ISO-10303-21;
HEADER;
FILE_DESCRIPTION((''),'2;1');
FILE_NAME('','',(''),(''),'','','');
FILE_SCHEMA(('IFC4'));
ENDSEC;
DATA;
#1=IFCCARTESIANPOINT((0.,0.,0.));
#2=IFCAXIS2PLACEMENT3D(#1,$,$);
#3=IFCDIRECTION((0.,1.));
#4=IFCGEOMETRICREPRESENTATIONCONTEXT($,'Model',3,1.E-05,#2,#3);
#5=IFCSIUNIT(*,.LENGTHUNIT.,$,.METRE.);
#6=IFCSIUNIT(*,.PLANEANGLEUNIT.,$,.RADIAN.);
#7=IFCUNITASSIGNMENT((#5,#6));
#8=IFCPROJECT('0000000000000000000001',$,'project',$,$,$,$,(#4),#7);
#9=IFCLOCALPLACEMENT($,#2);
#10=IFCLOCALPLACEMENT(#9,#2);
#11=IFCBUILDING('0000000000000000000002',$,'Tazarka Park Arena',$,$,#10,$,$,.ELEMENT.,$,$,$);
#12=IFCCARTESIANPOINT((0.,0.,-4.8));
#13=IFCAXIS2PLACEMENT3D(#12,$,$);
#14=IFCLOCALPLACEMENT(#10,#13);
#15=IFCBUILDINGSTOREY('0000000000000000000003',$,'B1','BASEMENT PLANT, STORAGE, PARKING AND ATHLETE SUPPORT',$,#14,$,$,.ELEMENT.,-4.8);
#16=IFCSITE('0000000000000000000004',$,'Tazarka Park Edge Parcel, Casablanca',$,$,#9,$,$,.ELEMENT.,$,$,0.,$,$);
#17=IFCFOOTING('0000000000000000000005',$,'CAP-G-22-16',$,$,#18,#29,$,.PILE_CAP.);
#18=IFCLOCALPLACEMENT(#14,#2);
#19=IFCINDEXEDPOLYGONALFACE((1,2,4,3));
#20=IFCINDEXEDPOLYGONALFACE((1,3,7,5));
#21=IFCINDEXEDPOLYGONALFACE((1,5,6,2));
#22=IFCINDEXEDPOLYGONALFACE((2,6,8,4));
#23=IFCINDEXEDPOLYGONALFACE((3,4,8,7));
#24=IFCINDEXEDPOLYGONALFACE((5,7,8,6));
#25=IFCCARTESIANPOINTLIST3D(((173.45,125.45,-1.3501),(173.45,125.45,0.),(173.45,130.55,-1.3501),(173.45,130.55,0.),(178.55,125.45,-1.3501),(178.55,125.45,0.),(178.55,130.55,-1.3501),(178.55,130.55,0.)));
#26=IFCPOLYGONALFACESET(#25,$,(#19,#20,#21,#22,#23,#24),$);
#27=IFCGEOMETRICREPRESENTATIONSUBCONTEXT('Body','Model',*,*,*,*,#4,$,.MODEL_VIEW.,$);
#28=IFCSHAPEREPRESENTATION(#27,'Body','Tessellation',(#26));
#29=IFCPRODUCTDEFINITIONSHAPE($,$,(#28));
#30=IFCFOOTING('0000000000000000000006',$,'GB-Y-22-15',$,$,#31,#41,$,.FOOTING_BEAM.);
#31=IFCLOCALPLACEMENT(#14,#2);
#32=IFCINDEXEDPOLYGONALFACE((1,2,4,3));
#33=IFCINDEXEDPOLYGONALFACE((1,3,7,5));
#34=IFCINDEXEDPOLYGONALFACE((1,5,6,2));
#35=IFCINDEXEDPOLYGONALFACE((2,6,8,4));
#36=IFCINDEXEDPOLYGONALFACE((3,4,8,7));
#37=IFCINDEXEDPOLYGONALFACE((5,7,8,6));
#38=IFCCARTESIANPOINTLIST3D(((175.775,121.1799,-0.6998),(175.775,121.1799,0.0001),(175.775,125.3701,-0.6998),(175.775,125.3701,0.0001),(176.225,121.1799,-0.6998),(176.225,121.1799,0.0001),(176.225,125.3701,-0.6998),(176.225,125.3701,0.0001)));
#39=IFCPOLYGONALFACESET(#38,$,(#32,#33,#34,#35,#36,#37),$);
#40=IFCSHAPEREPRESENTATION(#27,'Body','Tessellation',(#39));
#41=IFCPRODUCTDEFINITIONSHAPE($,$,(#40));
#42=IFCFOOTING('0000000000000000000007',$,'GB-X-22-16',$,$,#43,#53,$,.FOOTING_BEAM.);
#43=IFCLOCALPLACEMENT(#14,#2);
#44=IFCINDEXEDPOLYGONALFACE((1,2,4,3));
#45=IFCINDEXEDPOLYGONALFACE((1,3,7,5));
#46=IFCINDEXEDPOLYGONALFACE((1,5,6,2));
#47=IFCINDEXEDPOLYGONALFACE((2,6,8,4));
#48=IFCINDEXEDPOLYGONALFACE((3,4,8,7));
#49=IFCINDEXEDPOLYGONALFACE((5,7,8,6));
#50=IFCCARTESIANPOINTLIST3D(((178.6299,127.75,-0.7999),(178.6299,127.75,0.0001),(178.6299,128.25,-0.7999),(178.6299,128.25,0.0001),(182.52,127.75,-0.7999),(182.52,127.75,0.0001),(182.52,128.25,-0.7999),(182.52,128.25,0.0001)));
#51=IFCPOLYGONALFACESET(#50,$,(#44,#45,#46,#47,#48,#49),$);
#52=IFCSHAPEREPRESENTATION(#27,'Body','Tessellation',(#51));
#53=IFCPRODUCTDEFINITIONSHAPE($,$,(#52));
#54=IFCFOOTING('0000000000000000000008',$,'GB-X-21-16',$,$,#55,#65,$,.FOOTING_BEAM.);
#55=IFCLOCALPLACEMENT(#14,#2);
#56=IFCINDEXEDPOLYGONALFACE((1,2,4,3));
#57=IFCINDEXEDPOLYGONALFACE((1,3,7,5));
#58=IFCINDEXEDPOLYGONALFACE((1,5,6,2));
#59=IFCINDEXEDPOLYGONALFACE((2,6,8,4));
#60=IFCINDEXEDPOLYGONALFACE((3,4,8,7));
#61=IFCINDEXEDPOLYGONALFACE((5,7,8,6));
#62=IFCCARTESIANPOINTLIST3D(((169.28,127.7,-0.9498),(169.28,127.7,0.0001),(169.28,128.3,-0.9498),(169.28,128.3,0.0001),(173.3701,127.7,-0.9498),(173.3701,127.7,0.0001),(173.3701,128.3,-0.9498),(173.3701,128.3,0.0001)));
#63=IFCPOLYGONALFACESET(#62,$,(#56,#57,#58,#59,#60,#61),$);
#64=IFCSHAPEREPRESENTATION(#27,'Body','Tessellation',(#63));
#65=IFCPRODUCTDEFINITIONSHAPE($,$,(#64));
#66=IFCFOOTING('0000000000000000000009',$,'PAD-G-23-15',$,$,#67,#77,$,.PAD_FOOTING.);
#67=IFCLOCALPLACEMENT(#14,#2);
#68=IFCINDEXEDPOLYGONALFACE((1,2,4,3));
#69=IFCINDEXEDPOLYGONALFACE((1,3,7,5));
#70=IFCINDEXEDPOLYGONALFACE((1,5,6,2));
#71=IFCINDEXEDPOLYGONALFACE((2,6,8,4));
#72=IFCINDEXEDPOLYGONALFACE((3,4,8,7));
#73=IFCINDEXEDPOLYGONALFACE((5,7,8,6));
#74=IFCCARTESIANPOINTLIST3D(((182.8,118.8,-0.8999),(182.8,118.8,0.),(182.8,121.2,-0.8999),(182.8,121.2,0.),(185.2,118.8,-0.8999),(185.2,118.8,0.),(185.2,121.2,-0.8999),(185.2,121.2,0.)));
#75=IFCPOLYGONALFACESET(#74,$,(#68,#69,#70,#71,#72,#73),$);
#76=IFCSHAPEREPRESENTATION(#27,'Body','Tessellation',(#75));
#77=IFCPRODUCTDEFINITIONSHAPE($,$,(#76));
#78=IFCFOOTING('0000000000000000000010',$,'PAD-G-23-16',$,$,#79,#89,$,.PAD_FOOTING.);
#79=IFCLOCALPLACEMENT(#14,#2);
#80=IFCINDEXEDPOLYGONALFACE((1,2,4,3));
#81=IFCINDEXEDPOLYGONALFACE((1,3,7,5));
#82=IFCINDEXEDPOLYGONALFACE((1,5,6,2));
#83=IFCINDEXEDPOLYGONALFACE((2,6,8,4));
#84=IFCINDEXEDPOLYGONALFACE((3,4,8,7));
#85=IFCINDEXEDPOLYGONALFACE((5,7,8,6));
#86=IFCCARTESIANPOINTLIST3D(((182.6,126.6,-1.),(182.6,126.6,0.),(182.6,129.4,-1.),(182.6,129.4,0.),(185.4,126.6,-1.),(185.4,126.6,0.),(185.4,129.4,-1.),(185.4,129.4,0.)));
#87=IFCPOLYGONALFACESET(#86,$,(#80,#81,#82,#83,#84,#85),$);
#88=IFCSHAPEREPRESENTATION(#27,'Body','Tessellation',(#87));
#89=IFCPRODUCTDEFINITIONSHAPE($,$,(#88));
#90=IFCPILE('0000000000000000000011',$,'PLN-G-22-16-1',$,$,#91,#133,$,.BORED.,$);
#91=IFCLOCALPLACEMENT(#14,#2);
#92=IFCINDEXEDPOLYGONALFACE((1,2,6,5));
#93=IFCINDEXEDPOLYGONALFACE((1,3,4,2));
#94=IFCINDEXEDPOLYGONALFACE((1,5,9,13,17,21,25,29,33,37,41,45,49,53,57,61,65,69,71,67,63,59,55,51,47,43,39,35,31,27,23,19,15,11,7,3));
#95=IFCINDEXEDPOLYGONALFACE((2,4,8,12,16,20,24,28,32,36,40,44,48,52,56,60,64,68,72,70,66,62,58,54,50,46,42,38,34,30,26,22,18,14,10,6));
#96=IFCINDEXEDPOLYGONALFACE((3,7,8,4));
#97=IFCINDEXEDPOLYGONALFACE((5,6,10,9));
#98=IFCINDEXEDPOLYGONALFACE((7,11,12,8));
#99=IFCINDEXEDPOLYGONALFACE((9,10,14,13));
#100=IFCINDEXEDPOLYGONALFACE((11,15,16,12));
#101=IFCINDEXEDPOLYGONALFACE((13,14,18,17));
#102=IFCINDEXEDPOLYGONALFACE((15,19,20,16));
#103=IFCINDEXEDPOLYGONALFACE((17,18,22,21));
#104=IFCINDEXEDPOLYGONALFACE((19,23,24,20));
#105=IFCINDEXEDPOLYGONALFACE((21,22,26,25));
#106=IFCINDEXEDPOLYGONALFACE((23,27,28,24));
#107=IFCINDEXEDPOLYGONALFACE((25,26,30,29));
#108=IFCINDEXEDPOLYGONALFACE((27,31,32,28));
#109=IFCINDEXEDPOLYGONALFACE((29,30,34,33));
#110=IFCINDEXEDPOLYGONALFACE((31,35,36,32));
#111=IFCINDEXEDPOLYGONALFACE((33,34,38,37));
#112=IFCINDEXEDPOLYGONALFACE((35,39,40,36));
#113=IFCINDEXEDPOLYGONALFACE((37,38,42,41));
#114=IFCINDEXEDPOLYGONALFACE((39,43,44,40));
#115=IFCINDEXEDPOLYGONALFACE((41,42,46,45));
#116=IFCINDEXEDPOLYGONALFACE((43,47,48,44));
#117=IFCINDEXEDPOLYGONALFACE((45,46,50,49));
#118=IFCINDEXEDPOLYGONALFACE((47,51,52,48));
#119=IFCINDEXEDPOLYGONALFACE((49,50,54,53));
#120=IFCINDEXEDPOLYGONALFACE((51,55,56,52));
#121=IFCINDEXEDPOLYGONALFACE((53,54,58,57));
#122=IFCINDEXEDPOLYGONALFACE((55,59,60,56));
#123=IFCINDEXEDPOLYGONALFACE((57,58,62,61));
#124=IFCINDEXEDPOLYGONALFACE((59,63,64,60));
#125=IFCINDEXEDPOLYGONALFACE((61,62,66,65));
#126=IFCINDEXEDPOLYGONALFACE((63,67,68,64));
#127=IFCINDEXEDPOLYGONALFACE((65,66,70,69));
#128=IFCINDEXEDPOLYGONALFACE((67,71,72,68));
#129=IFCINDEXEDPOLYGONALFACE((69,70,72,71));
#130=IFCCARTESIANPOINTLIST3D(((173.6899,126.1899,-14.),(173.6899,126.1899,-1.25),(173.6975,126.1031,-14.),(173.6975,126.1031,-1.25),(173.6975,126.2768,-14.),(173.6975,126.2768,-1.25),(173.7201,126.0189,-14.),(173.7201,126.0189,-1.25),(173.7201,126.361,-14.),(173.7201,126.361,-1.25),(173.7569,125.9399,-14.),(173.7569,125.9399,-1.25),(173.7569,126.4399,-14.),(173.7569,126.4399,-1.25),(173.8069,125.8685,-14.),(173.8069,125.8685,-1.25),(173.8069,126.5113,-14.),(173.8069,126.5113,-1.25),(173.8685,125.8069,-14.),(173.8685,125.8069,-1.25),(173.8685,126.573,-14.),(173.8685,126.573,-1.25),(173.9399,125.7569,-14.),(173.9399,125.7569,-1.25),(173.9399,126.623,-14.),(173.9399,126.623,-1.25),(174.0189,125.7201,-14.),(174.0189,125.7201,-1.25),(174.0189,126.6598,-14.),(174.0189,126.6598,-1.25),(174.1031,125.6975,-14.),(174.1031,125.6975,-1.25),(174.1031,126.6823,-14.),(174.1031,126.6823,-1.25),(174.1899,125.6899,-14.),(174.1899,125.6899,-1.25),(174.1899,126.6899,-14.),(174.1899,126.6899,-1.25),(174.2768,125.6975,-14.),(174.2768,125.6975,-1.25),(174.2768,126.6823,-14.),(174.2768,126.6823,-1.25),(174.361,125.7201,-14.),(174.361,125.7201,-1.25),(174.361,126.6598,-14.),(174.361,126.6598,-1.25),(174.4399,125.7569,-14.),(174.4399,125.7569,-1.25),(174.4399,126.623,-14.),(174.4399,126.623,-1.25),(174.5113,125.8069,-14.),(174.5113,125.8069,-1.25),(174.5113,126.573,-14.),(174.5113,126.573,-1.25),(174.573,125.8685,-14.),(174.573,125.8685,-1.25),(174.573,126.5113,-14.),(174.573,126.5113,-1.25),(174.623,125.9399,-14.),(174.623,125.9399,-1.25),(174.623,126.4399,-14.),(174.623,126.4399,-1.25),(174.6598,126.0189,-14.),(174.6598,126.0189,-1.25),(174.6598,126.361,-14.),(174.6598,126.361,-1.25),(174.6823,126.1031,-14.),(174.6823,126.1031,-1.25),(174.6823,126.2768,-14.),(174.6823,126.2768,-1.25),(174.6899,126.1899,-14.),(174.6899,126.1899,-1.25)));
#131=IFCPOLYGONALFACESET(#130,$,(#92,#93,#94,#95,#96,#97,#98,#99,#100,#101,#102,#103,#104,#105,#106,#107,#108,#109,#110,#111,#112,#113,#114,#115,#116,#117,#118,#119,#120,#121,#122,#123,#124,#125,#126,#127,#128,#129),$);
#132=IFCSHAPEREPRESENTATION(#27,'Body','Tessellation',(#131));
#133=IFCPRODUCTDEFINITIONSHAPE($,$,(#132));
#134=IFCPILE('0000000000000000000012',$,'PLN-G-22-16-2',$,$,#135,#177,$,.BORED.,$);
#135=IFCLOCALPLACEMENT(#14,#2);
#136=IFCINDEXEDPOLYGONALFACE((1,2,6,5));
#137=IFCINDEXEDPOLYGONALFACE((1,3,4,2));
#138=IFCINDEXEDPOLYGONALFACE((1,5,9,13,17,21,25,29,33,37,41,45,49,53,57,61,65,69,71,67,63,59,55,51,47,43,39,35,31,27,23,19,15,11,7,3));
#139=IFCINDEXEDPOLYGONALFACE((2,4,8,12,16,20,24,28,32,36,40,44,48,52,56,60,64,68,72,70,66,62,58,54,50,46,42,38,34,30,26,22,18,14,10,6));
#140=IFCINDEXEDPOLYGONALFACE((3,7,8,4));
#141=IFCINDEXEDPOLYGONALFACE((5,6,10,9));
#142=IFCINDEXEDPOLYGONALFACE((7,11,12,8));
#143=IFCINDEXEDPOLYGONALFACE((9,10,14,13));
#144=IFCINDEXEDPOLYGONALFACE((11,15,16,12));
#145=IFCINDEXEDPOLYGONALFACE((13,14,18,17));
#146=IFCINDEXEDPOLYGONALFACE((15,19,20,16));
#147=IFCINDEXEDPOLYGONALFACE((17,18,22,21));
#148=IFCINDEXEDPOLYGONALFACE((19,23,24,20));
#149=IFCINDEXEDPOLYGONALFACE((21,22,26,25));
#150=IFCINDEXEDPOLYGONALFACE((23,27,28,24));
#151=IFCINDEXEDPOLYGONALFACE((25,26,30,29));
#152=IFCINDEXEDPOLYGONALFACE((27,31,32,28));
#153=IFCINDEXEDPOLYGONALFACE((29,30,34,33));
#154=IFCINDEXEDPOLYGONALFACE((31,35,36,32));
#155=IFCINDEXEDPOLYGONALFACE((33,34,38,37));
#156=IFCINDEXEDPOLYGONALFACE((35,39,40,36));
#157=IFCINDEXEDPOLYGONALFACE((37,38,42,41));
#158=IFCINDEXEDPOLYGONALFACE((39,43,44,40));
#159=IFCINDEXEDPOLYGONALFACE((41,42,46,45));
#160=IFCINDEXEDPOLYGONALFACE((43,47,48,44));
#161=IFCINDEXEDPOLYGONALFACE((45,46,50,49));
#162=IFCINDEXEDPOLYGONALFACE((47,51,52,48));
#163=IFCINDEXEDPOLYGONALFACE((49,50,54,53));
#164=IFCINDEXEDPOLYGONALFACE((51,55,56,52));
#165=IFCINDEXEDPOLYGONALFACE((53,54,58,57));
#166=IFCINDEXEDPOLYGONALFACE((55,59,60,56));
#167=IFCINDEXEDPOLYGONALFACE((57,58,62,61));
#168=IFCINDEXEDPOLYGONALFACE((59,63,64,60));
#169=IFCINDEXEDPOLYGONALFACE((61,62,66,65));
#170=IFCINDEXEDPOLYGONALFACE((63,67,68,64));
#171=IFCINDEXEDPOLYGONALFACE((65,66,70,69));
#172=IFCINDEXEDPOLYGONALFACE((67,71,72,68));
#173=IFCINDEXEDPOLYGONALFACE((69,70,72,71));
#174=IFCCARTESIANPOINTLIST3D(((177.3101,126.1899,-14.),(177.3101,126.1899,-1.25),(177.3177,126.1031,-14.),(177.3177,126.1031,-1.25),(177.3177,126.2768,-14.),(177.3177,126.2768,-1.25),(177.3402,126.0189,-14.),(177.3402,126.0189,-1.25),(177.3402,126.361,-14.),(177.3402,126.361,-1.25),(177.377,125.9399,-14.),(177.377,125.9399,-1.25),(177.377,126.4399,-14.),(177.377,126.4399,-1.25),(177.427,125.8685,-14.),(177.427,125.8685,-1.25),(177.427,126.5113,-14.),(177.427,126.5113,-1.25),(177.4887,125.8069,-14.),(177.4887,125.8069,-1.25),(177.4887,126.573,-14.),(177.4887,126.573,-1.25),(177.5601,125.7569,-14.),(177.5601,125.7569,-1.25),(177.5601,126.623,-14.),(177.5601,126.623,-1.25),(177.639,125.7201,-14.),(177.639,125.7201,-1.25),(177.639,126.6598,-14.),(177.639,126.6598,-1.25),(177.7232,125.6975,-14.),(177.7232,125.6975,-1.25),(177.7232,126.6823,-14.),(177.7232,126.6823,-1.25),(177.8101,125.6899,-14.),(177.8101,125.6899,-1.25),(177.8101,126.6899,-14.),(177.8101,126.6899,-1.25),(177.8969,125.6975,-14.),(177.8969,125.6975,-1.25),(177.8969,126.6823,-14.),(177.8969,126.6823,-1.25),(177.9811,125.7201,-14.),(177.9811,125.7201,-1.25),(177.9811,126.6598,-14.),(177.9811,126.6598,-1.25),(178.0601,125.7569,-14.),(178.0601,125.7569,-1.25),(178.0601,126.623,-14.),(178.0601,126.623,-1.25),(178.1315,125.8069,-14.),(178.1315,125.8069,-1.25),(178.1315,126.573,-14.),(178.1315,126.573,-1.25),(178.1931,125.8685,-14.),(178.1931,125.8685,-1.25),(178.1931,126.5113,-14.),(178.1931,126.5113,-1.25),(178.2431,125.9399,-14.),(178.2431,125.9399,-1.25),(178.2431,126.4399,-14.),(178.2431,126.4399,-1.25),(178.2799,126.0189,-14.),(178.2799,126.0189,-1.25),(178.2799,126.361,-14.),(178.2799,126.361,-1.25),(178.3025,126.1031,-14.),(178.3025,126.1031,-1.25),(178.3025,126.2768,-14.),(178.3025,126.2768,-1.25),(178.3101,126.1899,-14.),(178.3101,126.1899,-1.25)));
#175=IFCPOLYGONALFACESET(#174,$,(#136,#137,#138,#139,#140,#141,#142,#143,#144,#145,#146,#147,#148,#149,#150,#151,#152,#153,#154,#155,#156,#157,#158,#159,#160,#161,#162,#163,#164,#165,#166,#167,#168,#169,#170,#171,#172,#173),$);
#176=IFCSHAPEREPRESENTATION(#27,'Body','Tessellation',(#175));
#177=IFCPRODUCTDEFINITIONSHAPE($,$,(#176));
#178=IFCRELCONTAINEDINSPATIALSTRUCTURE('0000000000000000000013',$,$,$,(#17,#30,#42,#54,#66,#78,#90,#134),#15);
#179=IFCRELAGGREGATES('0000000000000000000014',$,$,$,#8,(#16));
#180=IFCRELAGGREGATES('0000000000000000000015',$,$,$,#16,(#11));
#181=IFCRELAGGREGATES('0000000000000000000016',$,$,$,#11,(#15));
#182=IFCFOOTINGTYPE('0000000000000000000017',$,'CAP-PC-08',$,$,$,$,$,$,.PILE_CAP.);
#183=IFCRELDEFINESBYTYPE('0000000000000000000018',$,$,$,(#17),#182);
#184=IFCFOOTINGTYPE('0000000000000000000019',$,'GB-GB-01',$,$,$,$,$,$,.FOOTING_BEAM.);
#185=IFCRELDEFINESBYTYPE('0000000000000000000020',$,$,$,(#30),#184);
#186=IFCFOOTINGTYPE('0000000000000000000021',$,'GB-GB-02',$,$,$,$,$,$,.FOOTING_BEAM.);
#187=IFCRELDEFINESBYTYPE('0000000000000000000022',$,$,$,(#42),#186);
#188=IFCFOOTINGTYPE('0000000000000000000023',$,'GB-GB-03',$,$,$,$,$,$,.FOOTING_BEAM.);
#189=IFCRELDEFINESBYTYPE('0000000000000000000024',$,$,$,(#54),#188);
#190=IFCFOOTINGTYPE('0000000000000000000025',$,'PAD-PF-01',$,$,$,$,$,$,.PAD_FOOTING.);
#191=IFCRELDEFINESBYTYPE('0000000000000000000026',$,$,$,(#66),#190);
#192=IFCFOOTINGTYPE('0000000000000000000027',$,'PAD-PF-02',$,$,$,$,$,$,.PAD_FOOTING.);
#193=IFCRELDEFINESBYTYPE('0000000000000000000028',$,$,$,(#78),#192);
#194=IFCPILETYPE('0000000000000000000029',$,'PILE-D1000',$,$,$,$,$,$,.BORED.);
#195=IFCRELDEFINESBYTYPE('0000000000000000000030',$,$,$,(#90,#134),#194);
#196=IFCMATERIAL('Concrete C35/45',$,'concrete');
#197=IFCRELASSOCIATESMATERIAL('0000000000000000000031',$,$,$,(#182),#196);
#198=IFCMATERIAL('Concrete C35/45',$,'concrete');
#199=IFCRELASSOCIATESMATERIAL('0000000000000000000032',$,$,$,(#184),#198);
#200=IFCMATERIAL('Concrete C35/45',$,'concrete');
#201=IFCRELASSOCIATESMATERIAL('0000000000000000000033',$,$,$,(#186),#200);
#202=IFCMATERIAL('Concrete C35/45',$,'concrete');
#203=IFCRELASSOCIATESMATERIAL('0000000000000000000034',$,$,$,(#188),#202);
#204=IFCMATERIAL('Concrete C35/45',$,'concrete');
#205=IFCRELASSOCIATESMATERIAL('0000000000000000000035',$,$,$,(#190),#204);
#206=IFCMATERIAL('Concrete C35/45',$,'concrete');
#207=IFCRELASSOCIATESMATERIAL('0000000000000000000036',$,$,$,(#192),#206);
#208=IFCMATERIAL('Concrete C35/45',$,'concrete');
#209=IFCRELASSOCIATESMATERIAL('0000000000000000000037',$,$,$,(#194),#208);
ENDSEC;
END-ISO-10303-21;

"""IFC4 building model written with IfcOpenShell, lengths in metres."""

from ifc_helpers import new_model, si_unit, direction, frame, origin, origin_2d, place, context, subcontext, project, spatial, rectangle, circle, extrude, material, material_profile, profile_set, type_object, element, save


model = new_model("IFC4")

# Units and contexts
model_context = context("Model", 3, precision=1e-05, world=origin(), true_north=direction((0.0, 1.0)))
body_context = subcontext(model_context, "Body", "Model", "MODEL_VIEW")
ifc_project = project(units=[si_unit("LENGTHUNIT", "METRE"), si_unit("PLANEANGLEUNIT", "RADIAN")], contexts=[model_context])

# Site, building, storey
site_placement = place(None, origin())
site = spatial("IfcSite", under=ifc_project, at=site_placement, Name="Tazarka Park Edge Parcel, Casablanca", CompositionType="ELEMENT", RefElevation=0.0)
building_placement = place(site_placement, origin())
building = spatial("IfcBuilding", under=site, at=building_placement, Name="Tazarka Park Arena", CompositionType="ELEMENT")
storey_placement = place(building_placement, frame((0.0, 0.0, -4.8)))
storey = spatial("IfcBuildingStorey", under=building, at=storey_placement, Name="B1", Description="BASEMENT PLANT, STORAGE, PARKING AND ATHLETE SUPPORT", CompositionType="ELEMENT", Elevation=-4.8)

# Footings
ifc_material_1 = material(Name="Concrete C35/45", Category="concrete")
footing_type_1 = type_object("IfcFootingType", Name="CAP-PC-08", PredefinedType="PILE_CAP", material=ifc_material_1)
footing_1_placement = place(storey_placement, frame((176.0, 128.0, -1.3501), z_axis=(0.0, 0.0, 1.0), x_axis=(1.0, 0.0, 0.0)))
element("IfcFooting", 1, at=footing_1_placement, inside=storey, type_object=footing_type_1, Name="CAP-G-22-16", PredefinedType="PILE_CAP", context=body_context, shape_type="SweptSolid", body=[
    extrude(rectangle(XDim=5.1001, YDim=5.1001, at=origin_2d()), origin(), (0.0, 0.0, 1.0), 1.3501),
])
ifc_material_2 = material(Name="Concrete C35/45", Category="concrete")
ifc_material_profile_1 = material_profile(ifc_material_2, rectangle(XDim=0.45, YDim=0.7, at=origin_2d()), Name="Concrete C35/45")
ifc_profile_set_1 = profile_set([ifc_material_profile_1], Name="Concrete C35/45")
footing_type_2 = type_object("IfcFootingType", Name="GB-GB-01", PredefinedType="FOOTING_BEAM", material=ifc_profile_set_1)
footing_2_placement = place(storey_placement, frame((176.0, 121.1799, -0.3499), z_axis=(0.0, 1.0, 0.0), x_axis=(-1.0, 0.0, 0.0)))
element("IfcFooting", 2, at=footing_2_placement, inside=storey, type_object=footing_type_2, Name="GB-Y-22-15", PredefinedType="FOOTING_BEAM", context=body_context, shape_type="SweptSolid", body=[
    extrude(rectangle(XDim=0.45, YDim=0.7, at=origin_2d()), origin(), (0.0, 0.0, 1.0), 4.1902),
])
ifc_material_3 = material(Name="Concrete C35/45", Category="concrete")
ifc_material_profile_2 = material_profile(ifc_material_3, rectangle(XDim=0.5, YDim=0.8, at=origin_2d()), Name="Concrete C35/45")
ifc_profile_set_2 = profile_set([ifc_material_profile_2], Name="Concrete C35/45")
footing_type_3 = type_object("IfcFootingType", Name="GB-GB-02", PredefinedType="FOOTING_BEAM", material=ifc_profile_set_2)
footing_3_placement = place(storey_placement, frame((178.6299, 128.0, -0.3999), z_axis=(1.0, 0.0, 0.0), x_axis=(0.0, 1.0, 0.0)))
element("IfcFooting", 3, at=footing_3_placement, inside=storey, type_object=footing_type_3, Name="GB-X-22-16", PredefinedType="FOOTING_BEAM", context=body_context, shape_type="SweptSolid", body=[
    extrude(rectangle(XDim=0.5, YDim=0.8, at=origin_2d()), origin(), (0.0, 0.0, 1.0), 3.8901),
])
ifc_material_4 = material(Name="Concrete C35/45", Category="concrete")
ifc_material_profile_3 = material_profile(ifc_material_4, rectangle(XDim=0.6001, YDim=0.95, at=origin_2d()), Name="Concrete C35/45")
ifc_profile_set_3 = profile_set([ifc_material_profile_3], Name="Concrete C35/45")
footing_type_4 = type_object("IfcFootingType", Name="GB-GB-03", PredefinedType="FOOTING_BEAM", material=ifc_profile_set_3)
footing_4_placement = place(storey_placement, frame((169.28, 128.0, -0.4749), z_axis=(1.0, 0.0, 0.0), x_axis=(0.0, 1.0, 0.0)))
element("IfcFooting", 4, at=footing_4_placement, inside=storey, type_object=footing_type_4, Name="GB-X-21-16", PredefinedType="FOOTING_BEAM", context=body_context, shape_type="SweptSolid", body=[
    extrude(rectangle(XDim=0.6001, YDim=0.95, at=origin_2d()), origin(), (0.0, 0.0, 1.0), 4.0901),
])
ifc_material_5 = material(Name="Concrete C35/45", Category="concrete")
footing_type_5 = type_object("IfcFootingType", Name="PAD-PF-01", PredefinedType="PAD_FOOTING", material=ifc_material_5)
footing_5_placement = place(storey_placement, frame((184.0, 120.0, -0.8999), z_axis=(0.0, 0.0, 1.0), x_axis=(1.0, 0.0, 0.0)))
element("IfcFooting", 5, at=footing_5_placement, inside=storey, type_object=footing_type_5, Name="PAD-G-23-15", PredefinedType="PAD_FOOTING", context=body_context, shape_type="SweptSolid", body=[
    extrude(rectangle(XDim=2.3999, YDim=2.3999, at=origin_2d()), origin(), (0.0, 0.0, 1.0), 0.8999),
])
ifc_material_6 = material(Name="Concrete C35/45", Category="concrete")
footing_type_6 = type_object("IfcFootingType", Name="PAD-PF-02", PredefinedType="PAD_FOOTING", material=ifc_material_6)
footing_6_placement = place(storey_placement, frame((184.0, 128.0, -1.0), z_axis=(0.0, 0.0, 1.0), x_axis=(1.0, 0.0, 0.0)))
element("IfcFooting", 6, at=footing_6_placement, inside=storey, type_object=footing_type_6, Name="PAD-G-23-16", PredefinedType="PAD_FOOTING", context=body_context, shape_type="SweptSolid", body=[
    extrude(rectangle(XDim=2.8, YDim=2.8, at=origin_2d()), origin(), (0.0, 0.0, 1.0), 1.0),
])

# Piles
ifc_material_7 = material(Name="Concrete C35/45", Category="concrete")
ifc_material_profile_4 = material_profile(ifc_material_7, circle(Radius=0.5, at=origin_2d()), Name="Concrete C35/45")
ifc_profile_set_4 = profile_set([ifc_material_profile_4], Name="Concrete C35/45")
pile_type = type_object("IfcPileType", Name="PILE-D1000", PredefinedType="BORED", material=ifc_profile_set_4)
for number, where, z_axis, x_axis, name in (
    (7, (174.1899, 126.1899, -1.25), (0.0, 0.0, -1.0), (1.0, 0.0, 0.0), "PLN-G-22-16-1"),
    (8, (177.8101, 126.1899, -1.25), (0.0, 0.0, -1.0), (1.0, 0.0, 0.0), "PLN-G-22-16-2"),
):
    element("IfcPile", number, at=place(storey_placement, frame(where, z_axis=z_axis, x_axis=x_axis)), inside=storey, type_object=pile_type, Name=name, PredefinedType="BORED", context=body_context, shape_type="SweptSolid", body=[
        extrude(circle(Radius=0.5, at=origin_2d()), origin(), (0.0, 0.0, 1.0), 12.75),
    ])

save(model, "model.ifc")
